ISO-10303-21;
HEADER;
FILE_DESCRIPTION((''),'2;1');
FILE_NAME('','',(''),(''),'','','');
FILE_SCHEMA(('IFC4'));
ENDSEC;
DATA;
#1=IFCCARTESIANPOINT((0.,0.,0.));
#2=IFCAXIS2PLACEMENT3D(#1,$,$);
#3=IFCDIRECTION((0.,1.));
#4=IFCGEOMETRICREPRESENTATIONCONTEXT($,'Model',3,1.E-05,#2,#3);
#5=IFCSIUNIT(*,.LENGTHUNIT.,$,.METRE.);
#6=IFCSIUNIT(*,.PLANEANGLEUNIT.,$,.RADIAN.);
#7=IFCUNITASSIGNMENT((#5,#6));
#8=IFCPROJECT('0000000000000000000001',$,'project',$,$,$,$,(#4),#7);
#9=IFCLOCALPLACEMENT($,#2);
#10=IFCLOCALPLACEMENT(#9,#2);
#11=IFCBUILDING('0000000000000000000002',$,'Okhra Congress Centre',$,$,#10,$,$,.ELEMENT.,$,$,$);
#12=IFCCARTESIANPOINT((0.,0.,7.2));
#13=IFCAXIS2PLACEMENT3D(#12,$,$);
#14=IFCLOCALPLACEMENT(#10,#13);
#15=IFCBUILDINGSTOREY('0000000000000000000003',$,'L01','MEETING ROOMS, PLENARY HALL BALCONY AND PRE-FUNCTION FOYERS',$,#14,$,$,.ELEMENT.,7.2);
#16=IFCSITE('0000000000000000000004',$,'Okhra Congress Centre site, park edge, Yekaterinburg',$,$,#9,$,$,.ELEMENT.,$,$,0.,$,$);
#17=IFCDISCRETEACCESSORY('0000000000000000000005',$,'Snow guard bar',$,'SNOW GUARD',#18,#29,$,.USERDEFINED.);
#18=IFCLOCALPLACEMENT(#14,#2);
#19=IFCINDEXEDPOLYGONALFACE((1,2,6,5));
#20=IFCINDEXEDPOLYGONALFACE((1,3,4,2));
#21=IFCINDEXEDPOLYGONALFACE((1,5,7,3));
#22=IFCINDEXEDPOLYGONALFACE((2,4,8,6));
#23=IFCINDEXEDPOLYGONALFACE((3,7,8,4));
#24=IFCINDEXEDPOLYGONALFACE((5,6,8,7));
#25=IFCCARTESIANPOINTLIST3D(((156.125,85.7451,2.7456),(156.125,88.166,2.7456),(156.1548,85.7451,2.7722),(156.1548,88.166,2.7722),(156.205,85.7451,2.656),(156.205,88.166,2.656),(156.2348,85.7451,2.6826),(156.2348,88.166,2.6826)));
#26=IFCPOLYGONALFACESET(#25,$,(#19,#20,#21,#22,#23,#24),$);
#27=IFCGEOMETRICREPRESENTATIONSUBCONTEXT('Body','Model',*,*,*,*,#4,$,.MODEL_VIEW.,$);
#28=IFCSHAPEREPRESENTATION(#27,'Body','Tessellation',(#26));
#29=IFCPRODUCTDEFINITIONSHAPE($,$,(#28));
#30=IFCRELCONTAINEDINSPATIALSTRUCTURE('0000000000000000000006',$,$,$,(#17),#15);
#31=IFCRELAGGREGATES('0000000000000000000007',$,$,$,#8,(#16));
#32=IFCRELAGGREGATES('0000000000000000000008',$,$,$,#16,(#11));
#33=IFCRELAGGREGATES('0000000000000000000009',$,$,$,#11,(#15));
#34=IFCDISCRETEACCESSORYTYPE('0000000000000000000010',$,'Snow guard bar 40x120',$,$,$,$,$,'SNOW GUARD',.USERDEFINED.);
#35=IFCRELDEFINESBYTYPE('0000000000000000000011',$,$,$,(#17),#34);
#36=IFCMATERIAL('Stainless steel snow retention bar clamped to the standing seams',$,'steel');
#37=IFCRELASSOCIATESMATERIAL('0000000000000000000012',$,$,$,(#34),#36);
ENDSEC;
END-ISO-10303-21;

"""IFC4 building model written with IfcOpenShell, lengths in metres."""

from ifc_helpers import new_model, si_unit, direction, frame, origin, place, context, subcontext, project, spatial, polyline, outline, extrude, material, type_object, element, save


model = new_model("IFC4")

# Units and contexts
model_context = context("Model", 3, precision=1e-05, world=origin(), true_north=direction((0.0, 1.0)))
body_context = subcontext(model_context, "Body", "Model", "MODEL_VIEW")
ifc_project = project(units=[si_unit("LENGTHUNIT", "METRE"), si_unit("PLANEANGLEUNIT", "RADIAN")], contexts=[model_context])

# Site, building, storey
site_placement = place(None, origin())
site = spatial("IfcSite", under=ifc_project, at=site_placement, Name="Okhra Congress Centre site, park edge, Yekaterinburg", CompositionType="ELEMENT", RefElevation=0.0)
building_placement = place(site_placement, origin())
building = spatial("IfcBuilding", under=site, at=building_placement, Name="Okhra Congress Centre", CompositionType="ELEMENT")
storey_placement = place(building_placement, frame((0.0, 0.0, 7.2)))
storey = spatial("IfcBuildingStorey", under=building, at=storey_placement, Name="L01", Description="MEETING ROOMS, PLENARY HALL BALCONY AND PRE-FUNCTION FOYERS", CompositionType="ELEMENT", Elevation=7.2)

# Discrete accessory
ifc_material_1 = material(Name="Stainless steel snow retention bar clamped to the standing seams", Category="steel")
discrete_accessory_type_1 = type_object("IfcDiscreteAccessoryType", Name="Snow guard bar 40x120", ElementType="SNOW GUARD", PredefinedType="USERDEFINED", material=ifc_material_1)
discrete_accessory_1_placement = place(storey_placement, frame((156.125, 85.7451, 2.7456), z_axis=(-0.666259, 0.0, 0.745721), x_axis=(0.745721, 0.0, 0.666259)))
element("IfcDiscreteAccessory", 1, at=discrete_accessory_1_placement, inside=storey, type_object=discrete_accessory_type_1, Name="Snow guard bar", ObjectType="SNOW GUARD", PredefinedType="USERDEFINED", context=body_context, shape_type="SweptSolid", body=[
    extrude(outline(polyline([(0.0, 0.0), (0.0399, 0.0), (0.0399, 2.4209), (0.0, 2.4209), (0.0, 0.0)])), origin(), (0.0, 0.0, -1.0), 0.1201),
])

save(model, "model.ifc")
